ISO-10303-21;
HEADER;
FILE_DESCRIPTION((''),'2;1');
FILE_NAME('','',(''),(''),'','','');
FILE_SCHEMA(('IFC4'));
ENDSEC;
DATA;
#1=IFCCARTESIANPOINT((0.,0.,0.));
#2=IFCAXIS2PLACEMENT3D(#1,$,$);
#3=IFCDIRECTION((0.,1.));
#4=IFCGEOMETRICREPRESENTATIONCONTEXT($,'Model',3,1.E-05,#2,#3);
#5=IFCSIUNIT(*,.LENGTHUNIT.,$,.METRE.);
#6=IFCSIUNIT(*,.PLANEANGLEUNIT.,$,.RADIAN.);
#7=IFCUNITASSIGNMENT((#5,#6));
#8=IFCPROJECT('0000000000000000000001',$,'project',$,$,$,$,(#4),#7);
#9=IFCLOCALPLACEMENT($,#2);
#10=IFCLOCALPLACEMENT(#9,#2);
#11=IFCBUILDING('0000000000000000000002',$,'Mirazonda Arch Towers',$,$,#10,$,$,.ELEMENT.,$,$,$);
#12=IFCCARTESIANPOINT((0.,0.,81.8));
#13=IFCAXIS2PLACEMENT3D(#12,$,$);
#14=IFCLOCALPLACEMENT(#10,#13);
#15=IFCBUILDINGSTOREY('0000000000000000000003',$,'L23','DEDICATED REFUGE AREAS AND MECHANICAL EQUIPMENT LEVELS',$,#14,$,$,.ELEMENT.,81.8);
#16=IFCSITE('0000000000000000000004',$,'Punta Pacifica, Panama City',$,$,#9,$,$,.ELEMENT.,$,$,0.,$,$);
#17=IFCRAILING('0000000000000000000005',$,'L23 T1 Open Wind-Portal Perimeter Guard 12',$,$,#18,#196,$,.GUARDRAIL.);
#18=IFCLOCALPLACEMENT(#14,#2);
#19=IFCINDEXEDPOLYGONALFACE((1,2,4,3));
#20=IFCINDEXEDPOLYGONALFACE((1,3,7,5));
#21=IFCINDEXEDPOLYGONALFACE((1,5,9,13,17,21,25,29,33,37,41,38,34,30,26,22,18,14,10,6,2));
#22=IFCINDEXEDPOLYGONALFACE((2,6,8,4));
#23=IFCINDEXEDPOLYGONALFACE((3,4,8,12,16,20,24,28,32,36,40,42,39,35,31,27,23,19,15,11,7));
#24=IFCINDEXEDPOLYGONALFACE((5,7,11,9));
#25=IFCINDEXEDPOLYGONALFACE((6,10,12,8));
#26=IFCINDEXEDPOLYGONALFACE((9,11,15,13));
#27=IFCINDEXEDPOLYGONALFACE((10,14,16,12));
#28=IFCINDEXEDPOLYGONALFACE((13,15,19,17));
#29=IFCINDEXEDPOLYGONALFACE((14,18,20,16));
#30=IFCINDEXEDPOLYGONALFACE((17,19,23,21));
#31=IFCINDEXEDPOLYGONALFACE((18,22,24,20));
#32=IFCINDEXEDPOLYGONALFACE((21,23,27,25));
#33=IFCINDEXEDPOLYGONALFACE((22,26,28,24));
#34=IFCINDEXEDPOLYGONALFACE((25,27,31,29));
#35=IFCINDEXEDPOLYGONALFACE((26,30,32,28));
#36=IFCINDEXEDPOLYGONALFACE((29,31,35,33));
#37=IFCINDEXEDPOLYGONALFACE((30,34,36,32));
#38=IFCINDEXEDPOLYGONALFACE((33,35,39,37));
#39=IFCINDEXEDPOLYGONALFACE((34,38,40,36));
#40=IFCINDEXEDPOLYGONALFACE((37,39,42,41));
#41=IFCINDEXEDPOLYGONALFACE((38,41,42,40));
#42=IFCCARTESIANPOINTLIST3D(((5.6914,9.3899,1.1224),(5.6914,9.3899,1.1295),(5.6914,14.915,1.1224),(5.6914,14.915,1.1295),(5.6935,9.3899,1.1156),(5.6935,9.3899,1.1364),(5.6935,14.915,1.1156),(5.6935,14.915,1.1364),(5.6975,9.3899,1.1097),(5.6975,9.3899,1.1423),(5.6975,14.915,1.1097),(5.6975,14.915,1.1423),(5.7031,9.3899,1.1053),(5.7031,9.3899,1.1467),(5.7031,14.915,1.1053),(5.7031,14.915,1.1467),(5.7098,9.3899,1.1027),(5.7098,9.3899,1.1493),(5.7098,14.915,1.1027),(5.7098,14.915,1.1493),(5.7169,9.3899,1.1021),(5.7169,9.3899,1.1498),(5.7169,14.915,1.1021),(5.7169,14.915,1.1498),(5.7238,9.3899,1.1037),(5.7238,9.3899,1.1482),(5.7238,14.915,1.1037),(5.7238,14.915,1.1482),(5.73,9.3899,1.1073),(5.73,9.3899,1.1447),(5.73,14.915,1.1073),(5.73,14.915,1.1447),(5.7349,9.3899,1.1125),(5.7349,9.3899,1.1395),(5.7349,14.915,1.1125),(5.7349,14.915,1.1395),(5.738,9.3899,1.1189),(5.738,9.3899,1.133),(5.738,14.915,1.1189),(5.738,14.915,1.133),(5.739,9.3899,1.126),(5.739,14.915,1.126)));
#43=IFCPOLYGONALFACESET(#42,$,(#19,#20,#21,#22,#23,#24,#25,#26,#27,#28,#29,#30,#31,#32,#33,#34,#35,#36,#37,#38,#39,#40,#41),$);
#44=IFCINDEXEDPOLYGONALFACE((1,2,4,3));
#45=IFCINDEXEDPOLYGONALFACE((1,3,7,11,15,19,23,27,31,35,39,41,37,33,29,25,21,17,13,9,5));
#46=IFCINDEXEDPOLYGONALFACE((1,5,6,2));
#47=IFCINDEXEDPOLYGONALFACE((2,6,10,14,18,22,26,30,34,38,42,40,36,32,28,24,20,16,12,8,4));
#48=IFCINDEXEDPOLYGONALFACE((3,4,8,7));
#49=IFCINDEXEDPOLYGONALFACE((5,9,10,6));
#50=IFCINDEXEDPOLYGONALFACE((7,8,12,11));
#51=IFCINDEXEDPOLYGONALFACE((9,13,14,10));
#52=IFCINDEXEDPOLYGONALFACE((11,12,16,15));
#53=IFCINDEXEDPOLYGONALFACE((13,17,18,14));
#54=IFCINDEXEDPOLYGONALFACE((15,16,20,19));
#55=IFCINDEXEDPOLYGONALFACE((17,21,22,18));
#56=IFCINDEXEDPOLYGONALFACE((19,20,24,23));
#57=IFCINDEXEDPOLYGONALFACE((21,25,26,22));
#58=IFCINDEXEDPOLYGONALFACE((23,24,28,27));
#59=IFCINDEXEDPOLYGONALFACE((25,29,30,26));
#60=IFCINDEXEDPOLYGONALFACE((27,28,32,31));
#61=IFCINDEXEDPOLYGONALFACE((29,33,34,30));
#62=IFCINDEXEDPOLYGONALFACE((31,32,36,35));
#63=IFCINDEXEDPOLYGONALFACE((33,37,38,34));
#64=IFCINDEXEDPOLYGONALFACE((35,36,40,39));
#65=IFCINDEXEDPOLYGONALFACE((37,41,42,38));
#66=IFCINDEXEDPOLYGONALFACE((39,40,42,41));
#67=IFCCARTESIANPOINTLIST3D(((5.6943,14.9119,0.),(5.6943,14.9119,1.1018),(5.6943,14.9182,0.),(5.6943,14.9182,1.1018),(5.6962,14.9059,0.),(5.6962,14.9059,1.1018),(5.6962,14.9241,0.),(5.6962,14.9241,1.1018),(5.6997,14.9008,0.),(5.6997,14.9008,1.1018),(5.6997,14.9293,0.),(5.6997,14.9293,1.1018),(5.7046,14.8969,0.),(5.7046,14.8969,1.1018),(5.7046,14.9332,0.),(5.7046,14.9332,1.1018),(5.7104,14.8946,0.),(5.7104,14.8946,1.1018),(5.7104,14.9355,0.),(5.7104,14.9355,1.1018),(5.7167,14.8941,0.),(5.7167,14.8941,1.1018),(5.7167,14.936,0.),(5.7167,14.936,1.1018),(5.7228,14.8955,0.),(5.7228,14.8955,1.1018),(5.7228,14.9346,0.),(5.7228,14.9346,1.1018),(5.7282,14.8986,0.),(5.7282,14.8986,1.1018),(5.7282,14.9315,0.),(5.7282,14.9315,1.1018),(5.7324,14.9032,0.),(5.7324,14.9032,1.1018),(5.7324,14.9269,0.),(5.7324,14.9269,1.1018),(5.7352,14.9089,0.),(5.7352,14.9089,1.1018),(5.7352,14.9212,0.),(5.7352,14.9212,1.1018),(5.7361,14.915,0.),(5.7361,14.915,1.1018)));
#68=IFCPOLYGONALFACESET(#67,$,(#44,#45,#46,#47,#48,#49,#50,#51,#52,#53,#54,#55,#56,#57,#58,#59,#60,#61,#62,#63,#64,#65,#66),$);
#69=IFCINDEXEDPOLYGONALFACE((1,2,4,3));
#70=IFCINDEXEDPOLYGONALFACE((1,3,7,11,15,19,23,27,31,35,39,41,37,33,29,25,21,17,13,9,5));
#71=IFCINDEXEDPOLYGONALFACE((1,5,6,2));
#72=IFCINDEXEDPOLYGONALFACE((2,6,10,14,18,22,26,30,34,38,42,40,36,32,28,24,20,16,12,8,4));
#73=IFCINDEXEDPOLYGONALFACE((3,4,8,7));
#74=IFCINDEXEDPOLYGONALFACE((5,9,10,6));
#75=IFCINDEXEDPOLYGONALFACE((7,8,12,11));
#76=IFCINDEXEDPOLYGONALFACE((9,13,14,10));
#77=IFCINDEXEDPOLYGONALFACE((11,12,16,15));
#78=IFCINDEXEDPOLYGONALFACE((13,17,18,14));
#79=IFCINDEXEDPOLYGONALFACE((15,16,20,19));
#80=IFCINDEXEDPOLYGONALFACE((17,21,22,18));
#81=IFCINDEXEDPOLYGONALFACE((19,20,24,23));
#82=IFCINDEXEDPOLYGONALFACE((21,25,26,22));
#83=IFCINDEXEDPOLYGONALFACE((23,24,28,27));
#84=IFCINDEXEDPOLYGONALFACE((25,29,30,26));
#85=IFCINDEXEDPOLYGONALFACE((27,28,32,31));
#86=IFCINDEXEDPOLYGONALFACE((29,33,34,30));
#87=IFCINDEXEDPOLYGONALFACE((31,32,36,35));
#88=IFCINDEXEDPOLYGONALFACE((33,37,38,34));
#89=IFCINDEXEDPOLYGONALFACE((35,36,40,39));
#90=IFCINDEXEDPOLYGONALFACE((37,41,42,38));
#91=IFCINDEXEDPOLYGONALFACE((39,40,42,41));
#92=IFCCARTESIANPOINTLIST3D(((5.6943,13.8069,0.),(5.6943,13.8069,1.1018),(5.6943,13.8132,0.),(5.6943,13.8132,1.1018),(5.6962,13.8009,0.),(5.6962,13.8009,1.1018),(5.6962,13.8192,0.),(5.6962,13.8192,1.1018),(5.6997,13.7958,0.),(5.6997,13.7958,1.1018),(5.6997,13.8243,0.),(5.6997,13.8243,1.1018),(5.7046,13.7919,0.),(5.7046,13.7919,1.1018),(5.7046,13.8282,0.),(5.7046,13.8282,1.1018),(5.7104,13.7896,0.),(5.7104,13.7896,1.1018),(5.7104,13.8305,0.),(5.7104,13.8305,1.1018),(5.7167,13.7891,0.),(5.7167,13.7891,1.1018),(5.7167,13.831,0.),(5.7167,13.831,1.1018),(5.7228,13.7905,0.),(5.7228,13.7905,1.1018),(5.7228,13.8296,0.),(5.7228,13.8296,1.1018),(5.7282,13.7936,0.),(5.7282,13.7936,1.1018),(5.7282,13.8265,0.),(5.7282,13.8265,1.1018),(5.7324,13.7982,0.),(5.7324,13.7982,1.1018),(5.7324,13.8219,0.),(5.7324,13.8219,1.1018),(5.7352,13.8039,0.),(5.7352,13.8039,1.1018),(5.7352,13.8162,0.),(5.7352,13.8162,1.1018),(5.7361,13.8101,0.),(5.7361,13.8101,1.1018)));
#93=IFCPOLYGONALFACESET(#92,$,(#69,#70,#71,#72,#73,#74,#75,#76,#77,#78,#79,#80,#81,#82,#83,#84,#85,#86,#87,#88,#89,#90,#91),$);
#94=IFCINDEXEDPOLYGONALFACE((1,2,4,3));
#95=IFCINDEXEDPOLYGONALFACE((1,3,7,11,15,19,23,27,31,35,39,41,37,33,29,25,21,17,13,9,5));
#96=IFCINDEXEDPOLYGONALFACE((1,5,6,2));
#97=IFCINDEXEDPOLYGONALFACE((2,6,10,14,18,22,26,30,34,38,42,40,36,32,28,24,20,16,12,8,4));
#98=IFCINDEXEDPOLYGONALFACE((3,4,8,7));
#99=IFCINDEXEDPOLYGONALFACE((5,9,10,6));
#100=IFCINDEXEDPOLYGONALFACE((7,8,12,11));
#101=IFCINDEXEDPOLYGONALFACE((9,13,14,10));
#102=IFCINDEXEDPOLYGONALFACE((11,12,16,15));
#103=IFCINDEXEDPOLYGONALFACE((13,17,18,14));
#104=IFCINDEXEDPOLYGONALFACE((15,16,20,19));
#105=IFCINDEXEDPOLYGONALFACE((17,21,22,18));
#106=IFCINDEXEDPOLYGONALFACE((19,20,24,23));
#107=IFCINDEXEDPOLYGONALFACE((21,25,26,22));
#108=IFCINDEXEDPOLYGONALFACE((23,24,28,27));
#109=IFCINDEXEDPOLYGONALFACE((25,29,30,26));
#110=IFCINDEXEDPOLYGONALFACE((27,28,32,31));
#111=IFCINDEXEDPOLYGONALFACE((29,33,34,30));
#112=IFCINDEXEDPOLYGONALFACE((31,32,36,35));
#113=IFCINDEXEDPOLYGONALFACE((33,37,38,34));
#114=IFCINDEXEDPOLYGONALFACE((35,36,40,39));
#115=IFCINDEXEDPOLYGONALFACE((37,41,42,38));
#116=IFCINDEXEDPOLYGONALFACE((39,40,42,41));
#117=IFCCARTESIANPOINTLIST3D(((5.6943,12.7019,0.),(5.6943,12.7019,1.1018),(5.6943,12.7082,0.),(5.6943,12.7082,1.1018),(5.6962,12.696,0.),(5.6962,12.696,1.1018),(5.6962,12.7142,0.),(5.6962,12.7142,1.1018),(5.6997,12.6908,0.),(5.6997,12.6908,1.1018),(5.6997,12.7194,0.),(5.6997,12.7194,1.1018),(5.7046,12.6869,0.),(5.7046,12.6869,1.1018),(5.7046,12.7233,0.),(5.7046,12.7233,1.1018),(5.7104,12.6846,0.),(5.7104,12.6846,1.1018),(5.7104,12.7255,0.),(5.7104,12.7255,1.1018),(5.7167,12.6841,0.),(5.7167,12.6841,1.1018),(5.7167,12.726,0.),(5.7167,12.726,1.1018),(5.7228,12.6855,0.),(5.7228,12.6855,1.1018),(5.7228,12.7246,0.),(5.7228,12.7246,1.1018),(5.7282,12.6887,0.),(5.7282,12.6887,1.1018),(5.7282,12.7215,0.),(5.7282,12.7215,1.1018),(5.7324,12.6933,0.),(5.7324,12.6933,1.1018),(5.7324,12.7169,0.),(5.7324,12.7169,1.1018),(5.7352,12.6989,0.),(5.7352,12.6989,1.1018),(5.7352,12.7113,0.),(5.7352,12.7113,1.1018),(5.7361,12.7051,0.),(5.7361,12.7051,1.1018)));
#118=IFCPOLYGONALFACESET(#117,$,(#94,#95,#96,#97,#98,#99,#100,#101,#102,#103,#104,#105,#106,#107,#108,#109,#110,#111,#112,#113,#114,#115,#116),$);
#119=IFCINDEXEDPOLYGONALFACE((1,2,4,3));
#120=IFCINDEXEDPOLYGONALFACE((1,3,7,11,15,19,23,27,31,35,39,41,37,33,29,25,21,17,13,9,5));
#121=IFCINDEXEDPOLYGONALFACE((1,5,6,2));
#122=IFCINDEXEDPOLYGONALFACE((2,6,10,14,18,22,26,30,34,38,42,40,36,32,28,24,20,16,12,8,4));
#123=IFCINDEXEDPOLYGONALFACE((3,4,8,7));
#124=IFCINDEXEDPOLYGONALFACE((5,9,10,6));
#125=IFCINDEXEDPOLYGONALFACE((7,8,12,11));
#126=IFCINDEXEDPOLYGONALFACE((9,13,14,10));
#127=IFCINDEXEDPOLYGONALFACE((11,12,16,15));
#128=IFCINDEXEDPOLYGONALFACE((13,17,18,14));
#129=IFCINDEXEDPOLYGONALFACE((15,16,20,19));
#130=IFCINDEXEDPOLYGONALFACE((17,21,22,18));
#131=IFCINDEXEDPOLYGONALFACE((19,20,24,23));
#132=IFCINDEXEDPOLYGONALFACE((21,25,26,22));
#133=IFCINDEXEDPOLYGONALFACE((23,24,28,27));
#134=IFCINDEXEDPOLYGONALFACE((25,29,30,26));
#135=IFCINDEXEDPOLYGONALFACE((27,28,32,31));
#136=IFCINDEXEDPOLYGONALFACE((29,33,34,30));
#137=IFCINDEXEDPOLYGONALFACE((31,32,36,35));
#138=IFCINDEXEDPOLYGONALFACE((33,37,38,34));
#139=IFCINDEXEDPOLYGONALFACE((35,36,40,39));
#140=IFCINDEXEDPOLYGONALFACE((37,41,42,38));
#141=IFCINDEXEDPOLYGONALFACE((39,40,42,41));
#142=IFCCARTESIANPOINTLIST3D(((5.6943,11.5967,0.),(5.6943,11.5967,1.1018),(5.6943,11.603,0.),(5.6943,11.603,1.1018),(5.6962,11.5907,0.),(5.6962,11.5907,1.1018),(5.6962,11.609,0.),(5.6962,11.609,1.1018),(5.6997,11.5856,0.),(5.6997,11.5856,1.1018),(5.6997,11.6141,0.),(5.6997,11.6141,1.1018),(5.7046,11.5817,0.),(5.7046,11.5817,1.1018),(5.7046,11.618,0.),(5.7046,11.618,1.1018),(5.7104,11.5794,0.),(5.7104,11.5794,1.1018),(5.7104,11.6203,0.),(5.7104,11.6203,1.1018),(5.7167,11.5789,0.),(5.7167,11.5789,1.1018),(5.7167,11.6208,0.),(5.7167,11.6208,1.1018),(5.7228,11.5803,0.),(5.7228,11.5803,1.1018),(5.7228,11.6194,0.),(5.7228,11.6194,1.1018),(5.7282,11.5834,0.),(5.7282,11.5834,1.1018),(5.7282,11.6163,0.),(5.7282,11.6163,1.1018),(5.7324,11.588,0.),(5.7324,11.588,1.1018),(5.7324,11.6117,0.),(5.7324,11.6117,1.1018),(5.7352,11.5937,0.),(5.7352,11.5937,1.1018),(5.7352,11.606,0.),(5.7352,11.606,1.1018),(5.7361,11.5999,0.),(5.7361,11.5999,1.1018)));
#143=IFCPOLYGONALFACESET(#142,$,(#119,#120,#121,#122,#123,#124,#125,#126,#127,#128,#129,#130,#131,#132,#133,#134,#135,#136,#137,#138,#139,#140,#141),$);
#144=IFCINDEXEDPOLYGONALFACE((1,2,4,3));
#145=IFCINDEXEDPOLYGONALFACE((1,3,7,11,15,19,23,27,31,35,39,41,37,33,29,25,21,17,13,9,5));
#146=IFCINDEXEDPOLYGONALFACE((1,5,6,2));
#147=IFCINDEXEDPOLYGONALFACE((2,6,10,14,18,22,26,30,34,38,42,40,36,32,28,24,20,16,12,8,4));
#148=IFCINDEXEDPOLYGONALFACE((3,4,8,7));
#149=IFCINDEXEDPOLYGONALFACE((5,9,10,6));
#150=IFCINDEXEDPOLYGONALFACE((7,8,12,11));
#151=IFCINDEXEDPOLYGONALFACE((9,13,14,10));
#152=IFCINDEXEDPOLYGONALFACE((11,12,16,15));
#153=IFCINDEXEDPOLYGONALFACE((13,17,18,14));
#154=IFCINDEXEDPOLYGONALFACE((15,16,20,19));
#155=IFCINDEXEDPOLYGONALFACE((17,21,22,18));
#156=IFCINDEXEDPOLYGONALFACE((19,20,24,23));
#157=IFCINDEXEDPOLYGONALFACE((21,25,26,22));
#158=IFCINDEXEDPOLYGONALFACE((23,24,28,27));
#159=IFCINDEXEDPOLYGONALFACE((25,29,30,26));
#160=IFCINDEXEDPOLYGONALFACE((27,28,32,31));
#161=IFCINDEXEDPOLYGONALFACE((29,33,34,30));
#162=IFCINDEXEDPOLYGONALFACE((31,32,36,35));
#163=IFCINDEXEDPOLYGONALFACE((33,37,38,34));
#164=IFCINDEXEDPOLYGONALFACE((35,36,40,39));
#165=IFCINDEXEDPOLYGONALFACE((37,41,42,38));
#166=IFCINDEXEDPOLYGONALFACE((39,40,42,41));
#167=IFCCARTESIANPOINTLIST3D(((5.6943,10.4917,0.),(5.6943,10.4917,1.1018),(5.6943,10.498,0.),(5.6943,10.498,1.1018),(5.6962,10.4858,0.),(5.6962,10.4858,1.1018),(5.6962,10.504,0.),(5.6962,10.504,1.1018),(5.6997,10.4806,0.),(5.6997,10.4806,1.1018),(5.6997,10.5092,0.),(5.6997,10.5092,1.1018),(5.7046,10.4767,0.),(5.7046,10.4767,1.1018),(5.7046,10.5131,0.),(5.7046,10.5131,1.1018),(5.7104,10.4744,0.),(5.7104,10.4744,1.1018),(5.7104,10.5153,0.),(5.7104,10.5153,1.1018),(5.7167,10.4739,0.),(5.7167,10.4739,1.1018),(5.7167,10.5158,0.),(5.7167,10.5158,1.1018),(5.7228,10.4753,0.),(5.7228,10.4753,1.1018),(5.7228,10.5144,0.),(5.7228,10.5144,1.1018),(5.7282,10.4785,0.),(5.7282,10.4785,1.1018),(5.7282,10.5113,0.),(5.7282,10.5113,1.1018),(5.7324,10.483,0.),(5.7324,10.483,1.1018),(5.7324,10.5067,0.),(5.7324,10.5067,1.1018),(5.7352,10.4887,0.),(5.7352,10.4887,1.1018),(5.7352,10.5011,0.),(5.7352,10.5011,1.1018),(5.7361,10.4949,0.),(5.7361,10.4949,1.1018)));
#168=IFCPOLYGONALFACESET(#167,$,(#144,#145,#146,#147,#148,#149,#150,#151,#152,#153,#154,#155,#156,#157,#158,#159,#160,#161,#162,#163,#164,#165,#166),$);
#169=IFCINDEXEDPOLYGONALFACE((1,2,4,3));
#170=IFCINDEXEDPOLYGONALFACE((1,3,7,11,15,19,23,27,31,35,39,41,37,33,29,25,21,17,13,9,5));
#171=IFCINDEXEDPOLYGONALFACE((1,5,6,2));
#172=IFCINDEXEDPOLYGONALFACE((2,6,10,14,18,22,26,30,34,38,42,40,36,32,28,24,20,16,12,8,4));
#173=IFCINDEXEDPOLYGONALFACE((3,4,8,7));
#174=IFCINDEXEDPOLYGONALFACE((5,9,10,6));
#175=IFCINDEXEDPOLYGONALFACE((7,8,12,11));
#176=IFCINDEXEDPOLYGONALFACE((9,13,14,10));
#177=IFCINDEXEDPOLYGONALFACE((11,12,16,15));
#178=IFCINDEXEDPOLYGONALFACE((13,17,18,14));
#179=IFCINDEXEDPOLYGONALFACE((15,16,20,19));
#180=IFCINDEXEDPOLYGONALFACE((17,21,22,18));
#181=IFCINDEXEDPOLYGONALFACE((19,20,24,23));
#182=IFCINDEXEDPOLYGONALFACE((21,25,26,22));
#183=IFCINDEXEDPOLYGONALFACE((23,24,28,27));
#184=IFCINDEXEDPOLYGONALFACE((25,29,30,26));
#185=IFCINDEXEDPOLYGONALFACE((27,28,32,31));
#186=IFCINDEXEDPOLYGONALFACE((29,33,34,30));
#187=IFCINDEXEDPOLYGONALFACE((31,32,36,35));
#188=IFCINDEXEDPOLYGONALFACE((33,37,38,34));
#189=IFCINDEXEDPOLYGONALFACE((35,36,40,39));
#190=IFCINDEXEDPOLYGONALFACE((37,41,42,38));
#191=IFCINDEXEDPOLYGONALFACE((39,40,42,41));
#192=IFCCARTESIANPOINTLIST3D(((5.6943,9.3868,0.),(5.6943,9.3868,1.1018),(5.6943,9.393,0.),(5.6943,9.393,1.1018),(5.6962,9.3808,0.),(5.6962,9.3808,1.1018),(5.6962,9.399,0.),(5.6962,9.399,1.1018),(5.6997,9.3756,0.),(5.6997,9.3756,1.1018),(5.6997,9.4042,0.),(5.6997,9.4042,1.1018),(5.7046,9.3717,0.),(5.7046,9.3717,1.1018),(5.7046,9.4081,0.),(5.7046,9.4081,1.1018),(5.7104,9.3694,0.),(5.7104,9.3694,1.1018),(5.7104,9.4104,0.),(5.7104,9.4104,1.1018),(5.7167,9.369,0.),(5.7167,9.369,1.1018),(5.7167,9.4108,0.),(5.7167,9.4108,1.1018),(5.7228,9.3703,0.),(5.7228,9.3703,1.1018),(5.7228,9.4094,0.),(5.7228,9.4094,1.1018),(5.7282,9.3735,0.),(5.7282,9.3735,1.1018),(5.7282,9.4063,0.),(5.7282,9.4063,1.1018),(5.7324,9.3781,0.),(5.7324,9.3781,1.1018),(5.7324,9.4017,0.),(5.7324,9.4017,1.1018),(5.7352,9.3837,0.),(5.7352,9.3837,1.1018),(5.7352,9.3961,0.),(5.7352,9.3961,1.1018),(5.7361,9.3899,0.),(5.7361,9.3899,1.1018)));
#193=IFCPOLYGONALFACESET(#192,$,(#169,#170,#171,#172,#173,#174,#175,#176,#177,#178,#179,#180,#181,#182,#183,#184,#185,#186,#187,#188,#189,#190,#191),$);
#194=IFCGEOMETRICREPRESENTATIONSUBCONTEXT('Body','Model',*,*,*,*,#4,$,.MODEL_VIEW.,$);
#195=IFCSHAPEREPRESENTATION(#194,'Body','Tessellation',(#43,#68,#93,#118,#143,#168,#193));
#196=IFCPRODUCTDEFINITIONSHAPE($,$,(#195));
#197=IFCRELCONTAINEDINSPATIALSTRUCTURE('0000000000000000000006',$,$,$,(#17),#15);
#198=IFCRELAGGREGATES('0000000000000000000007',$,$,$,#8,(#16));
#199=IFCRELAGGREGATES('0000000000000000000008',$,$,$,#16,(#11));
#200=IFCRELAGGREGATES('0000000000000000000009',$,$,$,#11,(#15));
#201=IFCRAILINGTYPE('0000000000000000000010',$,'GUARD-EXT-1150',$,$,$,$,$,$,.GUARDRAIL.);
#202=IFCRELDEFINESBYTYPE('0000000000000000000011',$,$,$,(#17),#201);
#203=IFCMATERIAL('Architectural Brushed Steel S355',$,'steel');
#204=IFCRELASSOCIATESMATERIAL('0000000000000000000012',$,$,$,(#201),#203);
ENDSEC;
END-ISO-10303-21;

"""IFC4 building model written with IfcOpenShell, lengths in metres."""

from ifc_helpers import new_model, si_unit, direction, frame, origin, origin_2d, place, context, subcontext, project, spatial, circle, extrude, material, type_object, element, save


model = new_model("IFC4")

# Units and contexts
model_context = context("Model", 3, precision=1e-05, world=origin(), true_north=direction((0.0, 1.0)))
body_context = subcontext(model_context, "Body", "Model", "MODEL_VIEW")
ifc_project = project(units=[si_unit("LENGTHUNIT", "METRE"), si_unit("PLANEANGLEUNIT", "RADIAN")], contexts=[model_context])

# Site, building, storey
site_placement = place(None, origin())
site = spatial("IfcSite", under=ifc_project, at=site_placement, Name="Punta Pacifica, Panama City", CompositionType="ELEMENT", RefElevation=0.0)
building_placement = place(site_placement, origin())
building = spatial("IfcBuilding", under=site, at=building_placement, Name="Mirazonda Arch Towers", CompositionType="ELEMENT")
storey_placement = place(building_placement, frame((0.0, 0.0, 81.8)))
storey = spatial("IfcBuildingStorey", under=building, at=storey_placement, Name="L23", Description="DEDICATED REFUGE AREAS AND MECHANICAL EQUIPMENT LEVELS", CompositionType="ELEMENT", Elevation=81.8)

# Shared definitions
ifc_material_1 = material(Name="Architectural Brushed Steel S355", Category="steel")

# Railing
railing_type_1 = type_object("IfcRailingType", Name="GUARD-EXT-1150", PredefinedType="GUARDRAIL", material=ifc_material_1)
railing_1_placement = place(storey_placement, frame((5.7151, 14.915, 0.0)))
element("IfcRailing", 1, at=railing_1_placement, inside=storey, type_object=railing_type_1, Name="L23 T1 Open Wind-Portal Perimeter Guard 12", PredefinedType="GUARDRAIL", context=body_context, shape_type="SweptSolid", body=[
    extrude(circle(Radius=0.0239, at=origin_2d()), frame((0.0, 0.0, 1.126), z_axis=(0.0, -1.0, 0.0), x_axis=(1.0, 0.0, 0.0)), (0.0, 0.0, 1.0), 5.5251),
    extrude(circle(Radius=0.021, at=origin_2d()), origin(), (0.0, 0.0, 1.0), 1.1018),
    extrude(circle(Radius=0.021, at=origin_2d()), frame((0.0, -1.105, 0.0)), (0.0, 0.0, 1.0), 1.1018),
    extrude(circle(Radius=0.021, at=origin_2d()), frame((0.0, -2.21, 0.0)), (0.0, 0.0, 1.0), 1.1018),
    extrude(circle(Radius=0.021, at=origin_2d()), frame((0.0, -3.3152, 0.0)), (0.0, 0.0, 1.0), 1.1018),
    extrude(circle(Radius=0.021, at=origin_2d()), frame((0.0, -4.4202, 0.0)), (0.0, 0.0, 1.0), 1.1018),
    extrude(circle(Radius=0.021, at=origin_2d()), frame((0.0, -5.5251, 0.0)), (0.0, 0.0, 1.0), 1.1018),
])

save(model, "model.ifc")
